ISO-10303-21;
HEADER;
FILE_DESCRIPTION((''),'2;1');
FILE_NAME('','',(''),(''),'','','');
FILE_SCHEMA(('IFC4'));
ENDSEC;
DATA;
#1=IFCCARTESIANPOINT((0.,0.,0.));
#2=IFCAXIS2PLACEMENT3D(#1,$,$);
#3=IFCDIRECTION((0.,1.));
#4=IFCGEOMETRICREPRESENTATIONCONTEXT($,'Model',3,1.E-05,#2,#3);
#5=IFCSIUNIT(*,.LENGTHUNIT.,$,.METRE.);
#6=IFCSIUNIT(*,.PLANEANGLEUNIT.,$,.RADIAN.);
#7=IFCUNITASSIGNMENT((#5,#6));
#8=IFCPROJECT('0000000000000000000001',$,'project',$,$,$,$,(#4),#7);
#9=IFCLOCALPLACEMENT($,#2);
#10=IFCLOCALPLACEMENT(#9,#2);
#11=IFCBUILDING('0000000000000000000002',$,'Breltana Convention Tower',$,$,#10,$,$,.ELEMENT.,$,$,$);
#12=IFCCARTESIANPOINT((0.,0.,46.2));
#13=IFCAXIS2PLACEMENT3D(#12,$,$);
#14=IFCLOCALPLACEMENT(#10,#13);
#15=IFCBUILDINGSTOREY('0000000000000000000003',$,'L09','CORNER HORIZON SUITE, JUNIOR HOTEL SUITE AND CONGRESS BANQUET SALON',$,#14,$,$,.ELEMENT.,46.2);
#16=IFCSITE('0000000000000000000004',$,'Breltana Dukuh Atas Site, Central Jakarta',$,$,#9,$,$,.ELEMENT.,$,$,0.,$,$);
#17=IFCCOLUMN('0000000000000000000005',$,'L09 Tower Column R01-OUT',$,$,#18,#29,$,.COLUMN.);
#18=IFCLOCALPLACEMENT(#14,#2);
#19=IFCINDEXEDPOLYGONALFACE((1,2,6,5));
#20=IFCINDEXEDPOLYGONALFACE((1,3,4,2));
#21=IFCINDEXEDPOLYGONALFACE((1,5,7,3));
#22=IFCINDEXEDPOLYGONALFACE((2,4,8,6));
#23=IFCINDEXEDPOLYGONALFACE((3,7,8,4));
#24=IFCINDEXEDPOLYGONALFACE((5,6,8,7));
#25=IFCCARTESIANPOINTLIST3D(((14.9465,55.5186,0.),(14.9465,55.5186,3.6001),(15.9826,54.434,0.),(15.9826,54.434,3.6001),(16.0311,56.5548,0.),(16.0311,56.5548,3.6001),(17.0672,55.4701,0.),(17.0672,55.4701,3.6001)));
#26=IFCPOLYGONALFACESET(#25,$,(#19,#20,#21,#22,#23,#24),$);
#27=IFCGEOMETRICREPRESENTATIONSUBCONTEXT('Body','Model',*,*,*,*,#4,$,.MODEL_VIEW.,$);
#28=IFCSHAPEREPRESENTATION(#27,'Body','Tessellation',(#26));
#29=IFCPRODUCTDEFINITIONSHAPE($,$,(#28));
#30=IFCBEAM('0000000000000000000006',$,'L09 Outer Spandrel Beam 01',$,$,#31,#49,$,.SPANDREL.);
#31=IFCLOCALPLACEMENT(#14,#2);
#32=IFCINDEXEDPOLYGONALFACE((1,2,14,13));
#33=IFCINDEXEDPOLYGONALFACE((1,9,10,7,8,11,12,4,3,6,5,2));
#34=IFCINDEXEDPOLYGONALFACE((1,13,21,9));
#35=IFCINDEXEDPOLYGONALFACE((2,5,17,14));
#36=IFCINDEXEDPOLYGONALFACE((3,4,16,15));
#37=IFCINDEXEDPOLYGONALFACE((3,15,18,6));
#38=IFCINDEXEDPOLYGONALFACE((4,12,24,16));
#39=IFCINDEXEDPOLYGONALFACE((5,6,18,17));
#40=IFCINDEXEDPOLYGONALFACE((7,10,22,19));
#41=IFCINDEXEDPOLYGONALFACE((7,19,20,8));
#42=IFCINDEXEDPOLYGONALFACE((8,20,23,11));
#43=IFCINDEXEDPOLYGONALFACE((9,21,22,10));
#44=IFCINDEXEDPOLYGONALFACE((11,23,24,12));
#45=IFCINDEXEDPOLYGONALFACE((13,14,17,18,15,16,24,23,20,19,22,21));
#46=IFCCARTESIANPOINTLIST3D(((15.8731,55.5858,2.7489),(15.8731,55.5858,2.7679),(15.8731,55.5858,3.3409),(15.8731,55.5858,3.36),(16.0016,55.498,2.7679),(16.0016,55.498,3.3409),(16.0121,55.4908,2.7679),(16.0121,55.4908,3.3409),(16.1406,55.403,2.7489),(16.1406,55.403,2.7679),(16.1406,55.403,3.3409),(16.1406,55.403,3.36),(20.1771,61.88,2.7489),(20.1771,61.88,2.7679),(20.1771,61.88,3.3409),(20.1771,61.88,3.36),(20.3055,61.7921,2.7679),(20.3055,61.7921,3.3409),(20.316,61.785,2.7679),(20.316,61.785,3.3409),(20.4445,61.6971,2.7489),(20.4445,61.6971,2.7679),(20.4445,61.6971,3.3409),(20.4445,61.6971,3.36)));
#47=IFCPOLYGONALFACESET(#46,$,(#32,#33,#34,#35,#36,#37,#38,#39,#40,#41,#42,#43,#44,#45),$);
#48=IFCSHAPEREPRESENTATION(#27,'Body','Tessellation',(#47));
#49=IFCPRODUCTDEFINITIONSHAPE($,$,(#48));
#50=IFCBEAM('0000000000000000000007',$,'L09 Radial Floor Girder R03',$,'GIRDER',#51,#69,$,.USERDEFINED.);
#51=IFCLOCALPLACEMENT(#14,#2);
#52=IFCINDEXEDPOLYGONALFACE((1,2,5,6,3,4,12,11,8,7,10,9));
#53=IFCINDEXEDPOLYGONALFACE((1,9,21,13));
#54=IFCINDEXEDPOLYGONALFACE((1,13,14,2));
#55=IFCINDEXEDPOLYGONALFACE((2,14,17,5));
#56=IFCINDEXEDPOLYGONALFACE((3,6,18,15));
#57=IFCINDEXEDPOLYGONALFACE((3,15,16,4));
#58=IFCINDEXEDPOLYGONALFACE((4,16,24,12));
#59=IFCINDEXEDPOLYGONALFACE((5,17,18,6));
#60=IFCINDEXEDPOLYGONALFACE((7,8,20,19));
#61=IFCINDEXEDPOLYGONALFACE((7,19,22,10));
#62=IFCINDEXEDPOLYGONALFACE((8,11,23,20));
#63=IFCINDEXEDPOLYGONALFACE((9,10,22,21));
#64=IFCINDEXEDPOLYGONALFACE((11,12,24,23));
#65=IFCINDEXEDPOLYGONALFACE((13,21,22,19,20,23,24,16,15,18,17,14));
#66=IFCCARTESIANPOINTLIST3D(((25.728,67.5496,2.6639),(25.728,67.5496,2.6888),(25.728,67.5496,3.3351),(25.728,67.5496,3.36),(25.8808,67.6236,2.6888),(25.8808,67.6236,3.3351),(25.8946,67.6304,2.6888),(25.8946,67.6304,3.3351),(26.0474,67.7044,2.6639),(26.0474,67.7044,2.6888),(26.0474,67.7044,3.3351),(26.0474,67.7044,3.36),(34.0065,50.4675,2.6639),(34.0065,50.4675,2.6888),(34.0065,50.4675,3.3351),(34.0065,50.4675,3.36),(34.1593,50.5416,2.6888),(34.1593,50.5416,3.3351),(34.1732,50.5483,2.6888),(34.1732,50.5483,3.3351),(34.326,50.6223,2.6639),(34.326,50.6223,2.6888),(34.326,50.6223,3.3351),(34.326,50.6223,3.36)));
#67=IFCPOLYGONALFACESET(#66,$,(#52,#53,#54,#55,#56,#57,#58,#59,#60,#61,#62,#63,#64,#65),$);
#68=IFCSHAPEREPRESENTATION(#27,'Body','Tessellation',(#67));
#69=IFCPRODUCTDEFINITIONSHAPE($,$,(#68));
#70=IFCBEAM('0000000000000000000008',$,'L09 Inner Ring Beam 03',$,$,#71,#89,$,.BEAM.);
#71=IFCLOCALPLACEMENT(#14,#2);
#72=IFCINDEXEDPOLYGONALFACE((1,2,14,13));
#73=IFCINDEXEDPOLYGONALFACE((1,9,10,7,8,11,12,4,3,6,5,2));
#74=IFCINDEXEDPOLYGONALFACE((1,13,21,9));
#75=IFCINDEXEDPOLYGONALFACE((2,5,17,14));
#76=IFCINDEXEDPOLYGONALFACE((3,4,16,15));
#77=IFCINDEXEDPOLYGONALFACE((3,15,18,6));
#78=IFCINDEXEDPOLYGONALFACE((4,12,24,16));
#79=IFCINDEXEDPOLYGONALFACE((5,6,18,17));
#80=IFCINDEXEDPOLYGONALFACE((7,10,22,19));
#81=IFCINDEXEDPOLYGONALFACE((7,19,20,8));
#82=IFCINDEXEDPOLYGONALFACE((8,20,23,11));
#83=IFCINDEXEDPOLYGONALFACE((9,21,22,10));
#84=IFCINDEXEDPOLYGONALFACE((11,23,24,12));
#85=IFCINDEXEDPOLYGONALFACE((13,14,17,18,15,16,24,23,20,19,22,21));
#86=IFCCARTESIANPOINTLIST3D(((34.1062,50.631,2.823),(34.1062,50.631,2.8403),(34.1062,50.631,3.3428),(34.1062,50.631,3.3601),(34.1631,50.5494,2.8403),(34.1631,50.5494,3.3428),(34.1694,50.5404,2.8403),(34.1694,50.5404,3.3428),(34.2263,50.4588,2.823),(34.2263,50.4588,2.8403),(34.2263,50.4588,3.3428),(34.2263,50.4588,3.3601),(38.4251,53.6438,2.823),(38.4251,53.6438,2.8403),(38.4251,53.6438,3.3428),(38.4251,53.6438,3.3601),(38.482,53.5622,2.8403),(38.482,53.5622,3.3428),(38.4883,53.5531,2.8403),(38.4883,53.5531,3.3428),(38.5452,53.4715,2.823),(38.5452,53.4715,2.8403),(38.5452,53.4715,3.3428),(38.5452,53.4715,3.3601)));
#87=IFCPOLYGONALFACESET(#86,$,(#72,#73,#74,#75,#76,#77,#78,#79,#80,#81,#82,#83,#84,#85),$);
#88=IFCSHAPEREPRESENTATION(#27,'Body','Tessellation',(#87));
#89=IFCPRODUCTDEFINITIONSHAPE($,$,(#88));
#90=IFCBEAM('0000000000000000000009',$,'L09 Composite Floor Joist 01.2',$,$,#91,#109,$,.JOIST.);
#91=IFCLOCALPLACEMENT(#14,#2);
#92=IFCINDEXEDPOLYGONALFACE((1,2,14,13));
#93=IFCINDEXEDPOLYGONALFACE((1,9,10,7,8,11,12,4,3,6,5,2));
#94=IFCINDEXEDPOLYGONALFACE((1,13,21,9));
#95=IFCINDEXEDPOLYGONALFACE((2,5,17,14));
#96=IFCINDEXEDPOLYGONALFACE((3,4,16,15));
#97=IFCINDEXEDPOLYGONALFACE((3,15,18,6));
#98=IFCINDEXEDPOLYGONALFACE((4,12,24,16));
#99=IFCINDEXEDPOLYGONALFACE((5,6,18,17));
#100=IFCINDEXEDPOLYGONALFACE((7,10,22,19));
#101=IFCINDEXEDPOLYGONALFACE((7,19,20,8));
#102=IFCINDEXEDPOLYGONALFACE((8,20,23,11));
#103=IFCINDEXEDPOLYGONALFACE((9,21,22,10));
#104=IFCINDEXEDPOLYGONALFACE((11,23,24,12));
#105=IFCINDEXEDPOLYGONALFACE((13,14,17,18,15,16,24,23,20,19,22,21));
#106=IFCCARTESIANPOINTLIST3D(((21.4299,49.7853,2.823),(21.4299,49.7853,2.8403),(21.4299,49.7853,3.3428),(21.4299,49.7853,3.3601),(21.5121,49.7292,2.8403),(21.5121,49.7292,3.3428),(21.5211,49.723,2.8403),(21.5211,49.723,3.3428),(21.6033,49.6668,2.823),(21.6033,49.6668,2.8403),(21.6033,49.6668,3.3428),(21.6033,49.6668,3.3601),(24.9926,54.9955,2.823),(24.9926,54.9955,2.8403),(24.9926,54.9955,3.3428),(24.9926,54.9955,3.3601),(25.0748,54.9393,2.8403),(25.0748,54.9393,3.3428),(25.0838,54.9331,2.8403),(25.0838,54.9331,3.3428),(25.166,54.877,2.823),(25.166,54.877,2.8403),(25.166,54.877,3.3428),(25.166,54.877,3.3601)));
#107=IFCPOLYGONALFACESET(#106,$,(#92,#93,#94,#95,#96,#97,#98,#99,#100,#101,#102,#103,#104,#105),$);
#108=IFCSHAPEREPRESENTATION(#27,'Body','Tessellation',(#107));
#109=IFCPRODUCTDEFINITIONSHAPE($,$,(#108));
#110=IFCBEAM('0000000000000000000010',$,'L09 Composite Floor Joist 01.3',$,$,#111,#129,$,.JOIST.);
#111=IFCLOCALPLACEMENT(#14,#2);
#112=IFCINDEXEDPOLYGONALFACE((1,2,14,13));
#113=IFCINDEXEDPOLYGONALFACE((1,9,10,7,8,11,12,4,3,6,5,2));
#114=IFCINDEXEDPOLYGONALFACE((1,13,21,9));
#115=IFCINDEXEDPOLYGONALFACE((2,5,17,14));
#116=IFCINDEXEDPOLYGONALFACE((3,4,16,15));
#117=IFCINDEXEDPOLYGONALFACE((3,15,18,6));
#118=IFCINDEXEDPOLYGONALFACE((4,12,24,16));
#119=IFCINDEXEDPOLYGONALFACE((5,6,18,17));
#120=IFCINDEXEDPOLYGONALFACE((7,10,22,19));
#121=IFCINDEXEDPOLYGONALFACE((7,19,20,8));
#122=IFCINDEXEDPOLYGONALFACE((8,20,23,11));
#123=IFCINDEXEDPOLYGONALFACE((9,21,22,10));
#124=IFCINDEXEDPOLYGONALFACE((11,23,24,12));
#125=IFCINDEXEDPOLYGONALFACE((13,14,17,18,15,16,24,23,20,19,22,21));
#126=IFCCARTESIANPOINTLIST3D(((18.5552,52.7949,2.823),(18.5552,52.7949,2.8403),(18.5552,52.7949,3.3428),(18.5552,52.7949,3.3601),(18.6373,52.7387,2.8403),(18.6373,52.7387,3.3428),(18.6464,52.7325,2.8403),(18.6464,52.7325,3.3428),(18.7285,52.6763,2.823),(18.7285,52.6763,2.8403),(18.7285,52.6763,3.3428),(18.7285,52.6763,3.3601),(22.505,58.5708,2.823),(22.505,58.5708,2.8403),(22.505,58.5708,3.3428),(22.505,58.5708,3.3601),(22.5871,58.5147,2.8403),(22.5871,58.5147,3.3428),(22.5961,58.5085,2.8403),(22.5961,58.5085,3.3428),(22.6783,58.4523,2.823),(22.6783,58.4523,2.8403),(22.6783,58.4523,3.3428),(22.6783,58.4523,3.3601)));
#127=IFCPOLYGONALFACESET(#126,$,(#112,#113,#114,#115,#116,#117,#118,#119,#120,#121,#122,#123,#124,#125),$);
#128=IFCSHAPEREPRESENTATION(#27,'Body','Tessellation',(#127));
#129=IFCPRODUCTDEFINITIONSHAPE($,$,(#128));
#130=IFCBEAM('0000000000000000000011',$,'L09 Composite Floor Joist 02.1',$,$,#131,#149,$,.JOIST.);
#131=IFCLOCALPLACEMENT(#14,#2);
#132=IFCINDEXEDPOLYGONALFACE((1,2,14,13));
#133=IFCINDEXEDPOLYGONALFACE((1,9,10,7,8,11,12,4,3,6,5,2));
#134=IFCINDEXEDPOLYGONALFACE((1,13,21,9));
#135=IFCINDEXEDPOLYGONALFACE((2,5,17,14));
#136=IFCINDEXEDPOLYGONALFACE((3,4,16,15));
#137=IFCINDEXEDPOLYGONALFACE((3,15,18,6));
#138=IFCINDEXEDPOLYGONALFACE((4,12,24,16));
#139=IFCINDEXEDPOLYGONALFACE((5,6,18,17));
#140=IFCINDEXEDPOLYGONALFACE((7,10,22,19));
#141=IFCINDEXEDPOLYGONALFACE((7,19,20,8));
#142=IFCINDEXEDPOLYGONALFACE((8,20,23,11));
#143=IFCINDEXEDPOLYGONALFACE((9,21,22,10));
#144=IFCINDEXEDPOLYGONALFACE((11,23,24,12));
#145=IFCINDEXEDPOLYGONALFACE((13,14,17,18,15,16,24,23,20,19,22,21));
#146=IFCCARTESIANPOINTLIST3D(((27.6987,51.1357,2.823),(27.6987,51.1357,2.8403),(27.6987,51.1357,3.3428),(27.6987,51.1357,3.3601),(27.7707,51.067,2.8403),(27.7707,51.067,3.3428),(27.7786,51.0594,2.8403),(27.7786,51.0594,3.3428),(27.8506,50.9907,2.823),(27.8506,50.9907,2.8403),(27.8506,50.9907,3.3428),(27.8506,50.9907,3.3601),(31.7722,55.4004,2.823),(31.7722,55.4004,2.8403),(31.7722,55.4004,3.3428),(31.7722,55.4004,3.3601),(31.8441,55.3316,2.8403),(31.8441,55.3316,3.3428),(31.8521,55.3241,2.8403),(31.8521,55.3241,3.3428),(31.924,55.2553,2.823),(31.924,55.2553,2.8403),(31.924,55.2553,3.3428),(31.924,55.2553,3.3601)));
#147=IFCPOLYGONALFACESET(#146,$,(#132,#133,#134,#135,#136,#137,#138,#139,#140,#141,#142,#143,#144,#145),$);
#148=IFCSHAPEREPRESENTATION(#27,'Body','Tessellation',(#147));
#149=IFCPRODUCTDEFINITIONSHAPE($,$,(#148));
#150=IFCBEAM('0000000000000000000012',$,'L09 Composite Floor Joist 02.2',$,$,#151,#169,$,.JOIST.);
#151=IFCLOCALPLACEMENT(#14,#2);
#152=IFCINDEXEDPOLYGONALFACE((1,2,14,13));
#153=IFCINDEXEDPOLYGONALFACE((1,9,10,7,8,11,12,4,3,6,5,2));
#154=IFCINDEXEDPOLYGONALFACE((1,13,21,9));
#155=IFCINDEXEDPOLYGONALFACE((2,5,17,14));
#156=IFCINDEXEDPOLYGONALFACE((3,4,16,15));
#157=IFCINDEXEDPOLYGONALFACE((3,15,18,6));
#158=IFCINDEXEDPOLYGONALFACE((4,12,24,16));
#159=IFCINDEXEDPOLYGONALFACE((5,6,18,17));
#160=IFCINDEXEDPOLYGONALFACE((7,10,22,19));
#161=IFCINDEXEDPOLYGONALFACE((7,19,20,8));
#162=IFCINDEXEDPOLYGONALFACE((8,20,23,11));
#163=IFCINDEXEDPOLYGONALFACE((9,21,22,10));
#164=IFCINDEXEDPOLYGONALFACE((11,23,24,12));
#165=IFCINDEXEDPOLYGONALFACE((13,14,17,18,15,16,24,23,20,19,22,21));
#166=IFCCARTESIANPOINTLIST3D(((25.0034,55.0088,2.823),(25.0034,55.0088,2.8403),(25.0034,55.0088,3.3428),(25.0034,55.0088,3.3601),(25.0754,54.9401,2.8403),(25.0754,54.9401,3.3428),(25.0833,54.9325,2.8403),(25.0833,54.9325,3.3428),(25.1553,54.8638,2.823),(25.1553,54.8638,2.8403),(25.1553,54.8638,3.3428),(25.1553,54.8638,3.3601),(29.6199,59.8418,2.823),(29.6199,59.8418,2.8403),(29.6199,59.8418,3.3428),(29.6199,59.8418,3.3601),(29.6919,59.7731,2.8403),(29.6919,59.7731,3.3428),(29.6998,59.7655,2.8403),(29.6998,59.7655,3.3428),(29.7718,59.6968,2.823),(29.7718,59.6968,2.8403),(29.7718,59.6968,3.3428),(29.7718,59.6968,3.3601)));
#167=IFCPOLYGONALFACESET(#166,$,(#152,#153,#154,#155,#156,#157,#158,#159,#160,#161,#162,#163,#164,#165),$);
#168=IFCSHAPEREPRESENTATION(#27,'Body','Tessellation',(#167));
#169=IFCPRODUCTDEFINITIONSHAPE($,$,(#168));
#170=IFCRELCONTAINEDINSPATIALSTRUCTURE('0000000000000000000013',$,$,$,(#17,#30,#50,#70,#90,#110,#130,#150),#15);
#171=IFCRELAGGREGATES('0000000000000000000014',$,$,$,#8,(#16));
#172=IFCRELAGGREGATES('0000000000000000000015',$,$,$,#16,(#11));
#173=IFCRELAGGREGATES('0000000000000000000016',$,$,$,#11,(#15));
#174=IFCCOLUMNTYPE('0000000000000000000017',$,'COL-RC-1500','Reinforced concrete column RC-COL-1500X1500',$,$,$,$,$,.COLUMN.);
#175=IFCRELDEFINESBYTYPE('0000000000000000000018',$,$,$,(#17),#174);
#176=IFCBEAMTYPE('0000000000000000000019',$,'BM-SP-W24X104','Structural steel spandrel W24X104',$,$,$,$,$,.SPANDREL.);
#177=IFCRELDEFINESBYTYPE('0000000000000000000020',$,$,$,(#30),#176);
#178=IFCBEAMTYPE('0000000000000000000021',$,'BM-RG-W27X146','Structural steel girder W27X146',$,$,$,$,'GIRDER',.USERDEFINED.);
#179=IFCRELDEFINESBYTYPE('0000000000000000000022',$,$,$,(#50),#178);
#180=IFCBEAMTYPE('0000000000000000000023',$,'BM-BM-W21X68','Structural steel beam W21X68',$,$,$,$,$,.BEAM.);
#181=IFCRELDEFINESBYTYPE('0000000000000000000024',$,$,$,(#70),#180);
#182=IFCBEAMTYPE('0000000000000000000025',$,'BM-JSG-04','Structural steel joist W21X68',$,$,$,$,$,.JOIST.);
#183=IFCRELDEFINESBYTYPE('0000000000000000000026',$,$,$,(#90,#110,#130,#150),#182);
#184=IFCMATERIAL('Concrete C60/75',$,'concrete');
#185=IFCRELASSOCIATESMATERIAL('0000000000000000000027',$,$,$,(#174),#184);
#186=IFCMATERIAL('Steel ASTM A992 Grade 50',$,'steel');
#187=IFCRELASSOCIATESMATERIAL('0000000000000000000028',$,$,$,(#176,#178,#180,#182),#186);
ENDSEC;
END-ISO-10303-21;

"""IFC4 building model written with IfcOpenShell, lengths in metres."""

from ifc_helpers import new_model, si_unit, direction, frame, origin, origin_2d, place, context, subcontext, project, spatial, rectangle, i_section, extrude, source, transform, mapped, material, material_profile, profile_set, type_object, type_shapes, element, save


model = new_model("IFC4")

# Units and contexts
model_context = context("Model", 3, precision=1e-05, world=origin(), true_north=direction((0.0, 1.0)))
body_context = subcontext(model_context, "Body", "Model", "MODEL_VIEW")
ifc_project = project(units=[si_unit("LENGTHUNIT", "METRE"), si_unit("PLANEANGLEUNIT", "RADIAN")], contexts=[model_context])

# Site, building, storey
site_placement = place(None, origin())
site = spatial("IfcSite", under=ifc_project, at=site_placement, Name="Breltana Dukuh Atas Site, Central Jakarta", CompositionType="ELEMENT", RefElevation=0.0)
building_placement = place(site_placement, origin())
building = spatial("IfcBuilding", under=site, at=building_placement, Name="Breltana Convention Tower", CompositionType="ELEMENT")
storey_placement = place(building_placement, frame((0.0, 0.0, 46.2)))
storey = spatial("IfcBuildingStorey", under=building, at=storey_placement, Name="L09", Description="CORNER HORIZON SUITE, JUNIOR HOTEL SUITE AND CONGRESS BANQUET SALON", CompositionType="ELEMENT", Elevation=46.2)

# Column
ifc_material_1 = material(Name="Concrete C60/75", Category="concrete")
ifc_material_profile_1 = material_profile(ifc_material_1, rectangle(XDim=1.5, YDim=1.5, at=origin_2d()), Name="RC-COL-1500X1500")
ifc_profile_set_1 = profile_set([ifc_material_profile_1], Name="Concrete C60/75")
column_type_1 = type_object("IfcColumnType", Name="COL-RC-1500", Description="Reinforced concrete column RC-COL-1500X1500", PredefinedType="COLUMN", material=ifc_profile_set_1)
shared_shape_1 = source(origin(), body_context, "Body", "SweptSolid", [
    extrude(rectangle(XDim=1.5, YDim=1.5, at=origin_2d()), origin(), (0.0, 0.0, 1.0), 3.6001),
])
column_1_placement = place(storey_placement, frame((16.0068, 55.4944, 0.0), z_axis=(0.0, 0.0, 1.0), x_axis=(-0.690756, 0.723088, 0.0)))
element("IfcColumn", 1, at=column_1_placement, inside=storey, type_object=column_type_1, Name="L09 Tower Column R01-OUT", PredefinedType="COLUMN", context=body_context, shape_type="MappedRepresentation", body=[
    mapped(shared_shape_1, transform((0.0, 0.0, 0.0), scale=1.0)),
])

# Beams
ifc_material_2 = material(Name="Steel ASTM A992 Grade 50", Category="steel")
ifc_material_profile_2 = material_profile(ifc_material_2, i_section(OverallWidth=0.324, OverallDepth=0.6111, WebThickness=0.0127, FlangeThickness=0.019, at=origin_2d()), Name="W24X104")
ifc_profile_set_2 = profile_set([ifc_material_profile_2], Name="Steel ASTM A992 Grade 50")
beam_type_1 = type_object("IfcBeamType", Name="BM-SP-W24X104", Description="Structural steel spandrel W24X104", PredefinedType="SPANDREL", material=ifc_profile_set_2)
shared_shape_2 = source(origin(), body_context, "Body", "SweptSolid", [
    extrude(i_section(OverallWidth=0.324, OverallDepth=0.6111, WebThickness=0.0127, FlangeThickness=0.019, at=origin_2d()), origin(), (0.0, 0.0, 1.0), 7.625),
])
type_shapes(beam_type_1, [shared_shape_2])
beam_1_placement = place(storey_placement, frame((16.0068, 55.4944, 3.0544), z_axis=(0.564452, 0.825466, 0.0), x_axis=(-0.825466, 0.564452, 0.0)))
element("IfcBeam", 2, at=beam_1_placement, inside=storey, type_object=beam_type_1, Name="L09 Outer Spandrel Beam 01", PredefinedType="SPANDREL", context=body_context, shape_type="MappedRepresentation", body=[
    mapped(shared_shape_2, transform((0.0, 0.0, 0.0), scale=1.0)),
])
ifc_material_profile_3 = material_profile(ifc_material_2, i_section(OverallWidth=0.355, OverallDepth=0.696, WebThickness=0.0154, FlangeThickness=0.0249, at=origin_2d()), Name="W27X146")
ifc_profile_set_3 = profile_set([ifc_material_profile_3], Name="Steel ASTM A992 Grade 50")
beam_type_2 = type_object("IfcBeamType", Name="BM-RG-W27X146", Description="Structural steel girder W27X146", ElementType="GIRDER", PredefinedType="USERDEFINED", material=ifc_profile_set_3)
shared_shape_3 = source(origin(), body_context, "Body", "SweptSolid", [
    extrude(i_section(OverallWidth=0.355, OverallDepth=0.696, WebThickness=0.0154, FlangeThickness=0.0249, at=origin_2d()), origin(), (0.0, 0.0, 1.0), 18.9824),
])
beam_2_placement = place(storey_placement, frame((34.1663, 50.5449, 3.012), z_axis=(-0.436119, 0.899889, 0.0), x_axis=(-0.899889, -0.436119, 0.0)))
element("IfcBeam", 3, at=beam_2_placement, inside=storey, type_object=beam_type_2, Name="L09 Radial Floor Girder R03", ObjectType="GIRDER", PredefinedType="USERDEFINED", context=body_context, shape_type="MappedRepresentation", body=[
    mapped(shared_shape_3, transform((0.0, 0.0, 0.0), scale=1.0)),
])
ifc_material_profile_4 = material_profile(ifc_material_2, i_section(OverallWidth=0.21, OverallDepth=0.5371, WebThickness=0.011, FlangeThickness=0.0173, at=origin_2d()), Name="W21X68")
ifc_profile_set_4 = profile_set([ifc_material_profile_4], Name="Steel ASTM A992 Grade 50")
beam_type_3 = type_object("IfcBeamType", Name="BM-BM-W21X68", Description="Structural steel beam W21X68", PredefinedType="BEAM", material=ifc_profile_set_4)
shared_shape_4 = source(origin(), body_context, "Body", "SweptSolid", [
    extrude(i_section(OverallWidth=0.21, OverallDepth=0.5371, WebThickness=0.011, FlangeThickness=0.0173, at=origin_2d()), origin(), (0.0, 0.0, 1.0), 5.2659),
])
beam_3_placement = place(storey_placement, frame((34.1663, 50.5449, 3.0916), z_axis=(0.820167, 0.572124, 0.0), x_axis=(-0.572124, 0.820167, 0.0)))
element("IfcBeam", 4, at=beam_3_placement, inside=storey, type_object=beam_type_3, Name="L09 Inner Ring Beam 03", PredefinedType="BEAM", context=body_context, shape_type="MappedRepresentation", body=[
    mapped(shared_shape_4, transform((0.0, 0.0, 0.0), scale=1.0)),
])
ifc_material_profile_5 = material_profile(ifc_material_2, i_section(OverallWidth=0.21, OverallDepth=0.5371, WebThickness=0.011, FlangeThickness=0.0173, at=origin_2d()), Name="W21X68")
ifc_profile_set_5 = profile_set([ifc_material_profile_5], Name="Steel ASTM A992 Grade 50")
beam_type_4 = type_object("IfcBeamType", Name="BM-JSG-04", Description="Structural steel joist W21X68", PredefinedType="JOIST", material=ifc_profile_set_5)
shared_shape_5 = source(origin(), body_context, "Body", "SweptSolid", [
    extrude(i_section(OverallWidth=0.21, OverallDepth=0.5371, WebThickness=0.011, FlangeThickness=0.0173, at=origin_2d()), origin(), (0.0, 0.0, 1.0), 6.3118),
])
beam_4_placement = place(storey_placement, frame((21.5166, 49.7261, 3.0916), z_axis=(0.564454, 0.825465, 0.0), x_axis=(-0.825465, 0.564454, 0.0)))
element("IfcBeam", 5, at=beam_4_placement, inside=storey, type_object=beam_type_4, Name="L09 Composite Floor Joist 01.2", PredefinedType="JOIST", context=body_context, shape_type="MappedRepresentation", body=[
    mapped(shared_shape_5, transform((0.0, 0.0, 0.0), scale=1.0)),
])
shared_shape_6 = source(origin(), body_context, "Body", "SweptSolid", [
    extrude(i_section(OverallWidth=0.21, OverallDepth=0.5371, WebThickness=0.011, FlangeThickness=0.0173, at=origin_2d()), origin(), (0.0, 0.0, 1.0), 6.9973),
])
beam_5_placement = place(storey_placement, frame((18.6418, 52.7356, 3.0916), z_axis=(0.564469, 0.825454, 0.0), x_axis=(-0.825454, 0.564469, 0.0)))
element("IfcBeam", 6, at=beam_5_placement, inside=storey, type_object=beam_type_4, Name="L09 Composite Floor Joist 01.3", PredefinedType="JOIST", context=body_context, shape_type="MappedRepresentation", body=[
    mapped(shared_shape_6, transform((0.0, 0.0, 0.0), scale=1.0)),
])
shared_shape_7 = source(origin(), body_context, "Body", "SweptSolid", [
    extrude(i_section(OverallWidth=0.21, OverallDepth=0.5371, WebThickness=0.011, FlangeThickness=0.0173, at=origin_2d()), origin(), (0.0, 0.0, 1.0), 5.8975),
])
beam_6_placement = place(storey_placement, frame((27.7747, 51.0632, 3.0916), z_axis=(0.690714, 0.723128, 0.0), x_axis=(-0.723128, 0.690714, 0.0)))
element("IfcBeam", 7, at=beam_6_placement, inside=storey, type_object=beam_type_4, Name="L09 Composite Floor Joist 02.1", PredefinedType="JOIST", context=body_context, shape_type="MappedRepresentation", body=[
    mapped(shared_shape_7, transform((0.0, 0.0, 0.0), scale=1.0)),
])
shared_shape_8 = source(origin(), body_context, "Body", "SweptSolid", [
    extrude(i_section(OverallWidth=0.21, OverallDepth=0.5371, WebThickness=0.011, FlangeThickness=0.0173, at=origin_2d()), origin(), (0.0, 0.0, 1.0), 6.6836),
])
beam_7_placement = place(storey_placement, frame((25.0793, 54.9363, 3.0916), z_axis=(0.690721, 0.723122, 0.0), x_axis=(-0.723122, 0.690721, 0.0)))
element("IfcBeam", 8, at=beam_7_placement, inside=storey, type_object=beam_type_4, Name="L09 Composite Floor Joist 02.2", PredefinedType="JOIST", context=body_context, shape_type="MappedRepresentation", body=[
    mapped(shared_shape_8, transform((0.0, 0.0, 0.0), scale=1.0)),
])

save(model, "model.ifc")
